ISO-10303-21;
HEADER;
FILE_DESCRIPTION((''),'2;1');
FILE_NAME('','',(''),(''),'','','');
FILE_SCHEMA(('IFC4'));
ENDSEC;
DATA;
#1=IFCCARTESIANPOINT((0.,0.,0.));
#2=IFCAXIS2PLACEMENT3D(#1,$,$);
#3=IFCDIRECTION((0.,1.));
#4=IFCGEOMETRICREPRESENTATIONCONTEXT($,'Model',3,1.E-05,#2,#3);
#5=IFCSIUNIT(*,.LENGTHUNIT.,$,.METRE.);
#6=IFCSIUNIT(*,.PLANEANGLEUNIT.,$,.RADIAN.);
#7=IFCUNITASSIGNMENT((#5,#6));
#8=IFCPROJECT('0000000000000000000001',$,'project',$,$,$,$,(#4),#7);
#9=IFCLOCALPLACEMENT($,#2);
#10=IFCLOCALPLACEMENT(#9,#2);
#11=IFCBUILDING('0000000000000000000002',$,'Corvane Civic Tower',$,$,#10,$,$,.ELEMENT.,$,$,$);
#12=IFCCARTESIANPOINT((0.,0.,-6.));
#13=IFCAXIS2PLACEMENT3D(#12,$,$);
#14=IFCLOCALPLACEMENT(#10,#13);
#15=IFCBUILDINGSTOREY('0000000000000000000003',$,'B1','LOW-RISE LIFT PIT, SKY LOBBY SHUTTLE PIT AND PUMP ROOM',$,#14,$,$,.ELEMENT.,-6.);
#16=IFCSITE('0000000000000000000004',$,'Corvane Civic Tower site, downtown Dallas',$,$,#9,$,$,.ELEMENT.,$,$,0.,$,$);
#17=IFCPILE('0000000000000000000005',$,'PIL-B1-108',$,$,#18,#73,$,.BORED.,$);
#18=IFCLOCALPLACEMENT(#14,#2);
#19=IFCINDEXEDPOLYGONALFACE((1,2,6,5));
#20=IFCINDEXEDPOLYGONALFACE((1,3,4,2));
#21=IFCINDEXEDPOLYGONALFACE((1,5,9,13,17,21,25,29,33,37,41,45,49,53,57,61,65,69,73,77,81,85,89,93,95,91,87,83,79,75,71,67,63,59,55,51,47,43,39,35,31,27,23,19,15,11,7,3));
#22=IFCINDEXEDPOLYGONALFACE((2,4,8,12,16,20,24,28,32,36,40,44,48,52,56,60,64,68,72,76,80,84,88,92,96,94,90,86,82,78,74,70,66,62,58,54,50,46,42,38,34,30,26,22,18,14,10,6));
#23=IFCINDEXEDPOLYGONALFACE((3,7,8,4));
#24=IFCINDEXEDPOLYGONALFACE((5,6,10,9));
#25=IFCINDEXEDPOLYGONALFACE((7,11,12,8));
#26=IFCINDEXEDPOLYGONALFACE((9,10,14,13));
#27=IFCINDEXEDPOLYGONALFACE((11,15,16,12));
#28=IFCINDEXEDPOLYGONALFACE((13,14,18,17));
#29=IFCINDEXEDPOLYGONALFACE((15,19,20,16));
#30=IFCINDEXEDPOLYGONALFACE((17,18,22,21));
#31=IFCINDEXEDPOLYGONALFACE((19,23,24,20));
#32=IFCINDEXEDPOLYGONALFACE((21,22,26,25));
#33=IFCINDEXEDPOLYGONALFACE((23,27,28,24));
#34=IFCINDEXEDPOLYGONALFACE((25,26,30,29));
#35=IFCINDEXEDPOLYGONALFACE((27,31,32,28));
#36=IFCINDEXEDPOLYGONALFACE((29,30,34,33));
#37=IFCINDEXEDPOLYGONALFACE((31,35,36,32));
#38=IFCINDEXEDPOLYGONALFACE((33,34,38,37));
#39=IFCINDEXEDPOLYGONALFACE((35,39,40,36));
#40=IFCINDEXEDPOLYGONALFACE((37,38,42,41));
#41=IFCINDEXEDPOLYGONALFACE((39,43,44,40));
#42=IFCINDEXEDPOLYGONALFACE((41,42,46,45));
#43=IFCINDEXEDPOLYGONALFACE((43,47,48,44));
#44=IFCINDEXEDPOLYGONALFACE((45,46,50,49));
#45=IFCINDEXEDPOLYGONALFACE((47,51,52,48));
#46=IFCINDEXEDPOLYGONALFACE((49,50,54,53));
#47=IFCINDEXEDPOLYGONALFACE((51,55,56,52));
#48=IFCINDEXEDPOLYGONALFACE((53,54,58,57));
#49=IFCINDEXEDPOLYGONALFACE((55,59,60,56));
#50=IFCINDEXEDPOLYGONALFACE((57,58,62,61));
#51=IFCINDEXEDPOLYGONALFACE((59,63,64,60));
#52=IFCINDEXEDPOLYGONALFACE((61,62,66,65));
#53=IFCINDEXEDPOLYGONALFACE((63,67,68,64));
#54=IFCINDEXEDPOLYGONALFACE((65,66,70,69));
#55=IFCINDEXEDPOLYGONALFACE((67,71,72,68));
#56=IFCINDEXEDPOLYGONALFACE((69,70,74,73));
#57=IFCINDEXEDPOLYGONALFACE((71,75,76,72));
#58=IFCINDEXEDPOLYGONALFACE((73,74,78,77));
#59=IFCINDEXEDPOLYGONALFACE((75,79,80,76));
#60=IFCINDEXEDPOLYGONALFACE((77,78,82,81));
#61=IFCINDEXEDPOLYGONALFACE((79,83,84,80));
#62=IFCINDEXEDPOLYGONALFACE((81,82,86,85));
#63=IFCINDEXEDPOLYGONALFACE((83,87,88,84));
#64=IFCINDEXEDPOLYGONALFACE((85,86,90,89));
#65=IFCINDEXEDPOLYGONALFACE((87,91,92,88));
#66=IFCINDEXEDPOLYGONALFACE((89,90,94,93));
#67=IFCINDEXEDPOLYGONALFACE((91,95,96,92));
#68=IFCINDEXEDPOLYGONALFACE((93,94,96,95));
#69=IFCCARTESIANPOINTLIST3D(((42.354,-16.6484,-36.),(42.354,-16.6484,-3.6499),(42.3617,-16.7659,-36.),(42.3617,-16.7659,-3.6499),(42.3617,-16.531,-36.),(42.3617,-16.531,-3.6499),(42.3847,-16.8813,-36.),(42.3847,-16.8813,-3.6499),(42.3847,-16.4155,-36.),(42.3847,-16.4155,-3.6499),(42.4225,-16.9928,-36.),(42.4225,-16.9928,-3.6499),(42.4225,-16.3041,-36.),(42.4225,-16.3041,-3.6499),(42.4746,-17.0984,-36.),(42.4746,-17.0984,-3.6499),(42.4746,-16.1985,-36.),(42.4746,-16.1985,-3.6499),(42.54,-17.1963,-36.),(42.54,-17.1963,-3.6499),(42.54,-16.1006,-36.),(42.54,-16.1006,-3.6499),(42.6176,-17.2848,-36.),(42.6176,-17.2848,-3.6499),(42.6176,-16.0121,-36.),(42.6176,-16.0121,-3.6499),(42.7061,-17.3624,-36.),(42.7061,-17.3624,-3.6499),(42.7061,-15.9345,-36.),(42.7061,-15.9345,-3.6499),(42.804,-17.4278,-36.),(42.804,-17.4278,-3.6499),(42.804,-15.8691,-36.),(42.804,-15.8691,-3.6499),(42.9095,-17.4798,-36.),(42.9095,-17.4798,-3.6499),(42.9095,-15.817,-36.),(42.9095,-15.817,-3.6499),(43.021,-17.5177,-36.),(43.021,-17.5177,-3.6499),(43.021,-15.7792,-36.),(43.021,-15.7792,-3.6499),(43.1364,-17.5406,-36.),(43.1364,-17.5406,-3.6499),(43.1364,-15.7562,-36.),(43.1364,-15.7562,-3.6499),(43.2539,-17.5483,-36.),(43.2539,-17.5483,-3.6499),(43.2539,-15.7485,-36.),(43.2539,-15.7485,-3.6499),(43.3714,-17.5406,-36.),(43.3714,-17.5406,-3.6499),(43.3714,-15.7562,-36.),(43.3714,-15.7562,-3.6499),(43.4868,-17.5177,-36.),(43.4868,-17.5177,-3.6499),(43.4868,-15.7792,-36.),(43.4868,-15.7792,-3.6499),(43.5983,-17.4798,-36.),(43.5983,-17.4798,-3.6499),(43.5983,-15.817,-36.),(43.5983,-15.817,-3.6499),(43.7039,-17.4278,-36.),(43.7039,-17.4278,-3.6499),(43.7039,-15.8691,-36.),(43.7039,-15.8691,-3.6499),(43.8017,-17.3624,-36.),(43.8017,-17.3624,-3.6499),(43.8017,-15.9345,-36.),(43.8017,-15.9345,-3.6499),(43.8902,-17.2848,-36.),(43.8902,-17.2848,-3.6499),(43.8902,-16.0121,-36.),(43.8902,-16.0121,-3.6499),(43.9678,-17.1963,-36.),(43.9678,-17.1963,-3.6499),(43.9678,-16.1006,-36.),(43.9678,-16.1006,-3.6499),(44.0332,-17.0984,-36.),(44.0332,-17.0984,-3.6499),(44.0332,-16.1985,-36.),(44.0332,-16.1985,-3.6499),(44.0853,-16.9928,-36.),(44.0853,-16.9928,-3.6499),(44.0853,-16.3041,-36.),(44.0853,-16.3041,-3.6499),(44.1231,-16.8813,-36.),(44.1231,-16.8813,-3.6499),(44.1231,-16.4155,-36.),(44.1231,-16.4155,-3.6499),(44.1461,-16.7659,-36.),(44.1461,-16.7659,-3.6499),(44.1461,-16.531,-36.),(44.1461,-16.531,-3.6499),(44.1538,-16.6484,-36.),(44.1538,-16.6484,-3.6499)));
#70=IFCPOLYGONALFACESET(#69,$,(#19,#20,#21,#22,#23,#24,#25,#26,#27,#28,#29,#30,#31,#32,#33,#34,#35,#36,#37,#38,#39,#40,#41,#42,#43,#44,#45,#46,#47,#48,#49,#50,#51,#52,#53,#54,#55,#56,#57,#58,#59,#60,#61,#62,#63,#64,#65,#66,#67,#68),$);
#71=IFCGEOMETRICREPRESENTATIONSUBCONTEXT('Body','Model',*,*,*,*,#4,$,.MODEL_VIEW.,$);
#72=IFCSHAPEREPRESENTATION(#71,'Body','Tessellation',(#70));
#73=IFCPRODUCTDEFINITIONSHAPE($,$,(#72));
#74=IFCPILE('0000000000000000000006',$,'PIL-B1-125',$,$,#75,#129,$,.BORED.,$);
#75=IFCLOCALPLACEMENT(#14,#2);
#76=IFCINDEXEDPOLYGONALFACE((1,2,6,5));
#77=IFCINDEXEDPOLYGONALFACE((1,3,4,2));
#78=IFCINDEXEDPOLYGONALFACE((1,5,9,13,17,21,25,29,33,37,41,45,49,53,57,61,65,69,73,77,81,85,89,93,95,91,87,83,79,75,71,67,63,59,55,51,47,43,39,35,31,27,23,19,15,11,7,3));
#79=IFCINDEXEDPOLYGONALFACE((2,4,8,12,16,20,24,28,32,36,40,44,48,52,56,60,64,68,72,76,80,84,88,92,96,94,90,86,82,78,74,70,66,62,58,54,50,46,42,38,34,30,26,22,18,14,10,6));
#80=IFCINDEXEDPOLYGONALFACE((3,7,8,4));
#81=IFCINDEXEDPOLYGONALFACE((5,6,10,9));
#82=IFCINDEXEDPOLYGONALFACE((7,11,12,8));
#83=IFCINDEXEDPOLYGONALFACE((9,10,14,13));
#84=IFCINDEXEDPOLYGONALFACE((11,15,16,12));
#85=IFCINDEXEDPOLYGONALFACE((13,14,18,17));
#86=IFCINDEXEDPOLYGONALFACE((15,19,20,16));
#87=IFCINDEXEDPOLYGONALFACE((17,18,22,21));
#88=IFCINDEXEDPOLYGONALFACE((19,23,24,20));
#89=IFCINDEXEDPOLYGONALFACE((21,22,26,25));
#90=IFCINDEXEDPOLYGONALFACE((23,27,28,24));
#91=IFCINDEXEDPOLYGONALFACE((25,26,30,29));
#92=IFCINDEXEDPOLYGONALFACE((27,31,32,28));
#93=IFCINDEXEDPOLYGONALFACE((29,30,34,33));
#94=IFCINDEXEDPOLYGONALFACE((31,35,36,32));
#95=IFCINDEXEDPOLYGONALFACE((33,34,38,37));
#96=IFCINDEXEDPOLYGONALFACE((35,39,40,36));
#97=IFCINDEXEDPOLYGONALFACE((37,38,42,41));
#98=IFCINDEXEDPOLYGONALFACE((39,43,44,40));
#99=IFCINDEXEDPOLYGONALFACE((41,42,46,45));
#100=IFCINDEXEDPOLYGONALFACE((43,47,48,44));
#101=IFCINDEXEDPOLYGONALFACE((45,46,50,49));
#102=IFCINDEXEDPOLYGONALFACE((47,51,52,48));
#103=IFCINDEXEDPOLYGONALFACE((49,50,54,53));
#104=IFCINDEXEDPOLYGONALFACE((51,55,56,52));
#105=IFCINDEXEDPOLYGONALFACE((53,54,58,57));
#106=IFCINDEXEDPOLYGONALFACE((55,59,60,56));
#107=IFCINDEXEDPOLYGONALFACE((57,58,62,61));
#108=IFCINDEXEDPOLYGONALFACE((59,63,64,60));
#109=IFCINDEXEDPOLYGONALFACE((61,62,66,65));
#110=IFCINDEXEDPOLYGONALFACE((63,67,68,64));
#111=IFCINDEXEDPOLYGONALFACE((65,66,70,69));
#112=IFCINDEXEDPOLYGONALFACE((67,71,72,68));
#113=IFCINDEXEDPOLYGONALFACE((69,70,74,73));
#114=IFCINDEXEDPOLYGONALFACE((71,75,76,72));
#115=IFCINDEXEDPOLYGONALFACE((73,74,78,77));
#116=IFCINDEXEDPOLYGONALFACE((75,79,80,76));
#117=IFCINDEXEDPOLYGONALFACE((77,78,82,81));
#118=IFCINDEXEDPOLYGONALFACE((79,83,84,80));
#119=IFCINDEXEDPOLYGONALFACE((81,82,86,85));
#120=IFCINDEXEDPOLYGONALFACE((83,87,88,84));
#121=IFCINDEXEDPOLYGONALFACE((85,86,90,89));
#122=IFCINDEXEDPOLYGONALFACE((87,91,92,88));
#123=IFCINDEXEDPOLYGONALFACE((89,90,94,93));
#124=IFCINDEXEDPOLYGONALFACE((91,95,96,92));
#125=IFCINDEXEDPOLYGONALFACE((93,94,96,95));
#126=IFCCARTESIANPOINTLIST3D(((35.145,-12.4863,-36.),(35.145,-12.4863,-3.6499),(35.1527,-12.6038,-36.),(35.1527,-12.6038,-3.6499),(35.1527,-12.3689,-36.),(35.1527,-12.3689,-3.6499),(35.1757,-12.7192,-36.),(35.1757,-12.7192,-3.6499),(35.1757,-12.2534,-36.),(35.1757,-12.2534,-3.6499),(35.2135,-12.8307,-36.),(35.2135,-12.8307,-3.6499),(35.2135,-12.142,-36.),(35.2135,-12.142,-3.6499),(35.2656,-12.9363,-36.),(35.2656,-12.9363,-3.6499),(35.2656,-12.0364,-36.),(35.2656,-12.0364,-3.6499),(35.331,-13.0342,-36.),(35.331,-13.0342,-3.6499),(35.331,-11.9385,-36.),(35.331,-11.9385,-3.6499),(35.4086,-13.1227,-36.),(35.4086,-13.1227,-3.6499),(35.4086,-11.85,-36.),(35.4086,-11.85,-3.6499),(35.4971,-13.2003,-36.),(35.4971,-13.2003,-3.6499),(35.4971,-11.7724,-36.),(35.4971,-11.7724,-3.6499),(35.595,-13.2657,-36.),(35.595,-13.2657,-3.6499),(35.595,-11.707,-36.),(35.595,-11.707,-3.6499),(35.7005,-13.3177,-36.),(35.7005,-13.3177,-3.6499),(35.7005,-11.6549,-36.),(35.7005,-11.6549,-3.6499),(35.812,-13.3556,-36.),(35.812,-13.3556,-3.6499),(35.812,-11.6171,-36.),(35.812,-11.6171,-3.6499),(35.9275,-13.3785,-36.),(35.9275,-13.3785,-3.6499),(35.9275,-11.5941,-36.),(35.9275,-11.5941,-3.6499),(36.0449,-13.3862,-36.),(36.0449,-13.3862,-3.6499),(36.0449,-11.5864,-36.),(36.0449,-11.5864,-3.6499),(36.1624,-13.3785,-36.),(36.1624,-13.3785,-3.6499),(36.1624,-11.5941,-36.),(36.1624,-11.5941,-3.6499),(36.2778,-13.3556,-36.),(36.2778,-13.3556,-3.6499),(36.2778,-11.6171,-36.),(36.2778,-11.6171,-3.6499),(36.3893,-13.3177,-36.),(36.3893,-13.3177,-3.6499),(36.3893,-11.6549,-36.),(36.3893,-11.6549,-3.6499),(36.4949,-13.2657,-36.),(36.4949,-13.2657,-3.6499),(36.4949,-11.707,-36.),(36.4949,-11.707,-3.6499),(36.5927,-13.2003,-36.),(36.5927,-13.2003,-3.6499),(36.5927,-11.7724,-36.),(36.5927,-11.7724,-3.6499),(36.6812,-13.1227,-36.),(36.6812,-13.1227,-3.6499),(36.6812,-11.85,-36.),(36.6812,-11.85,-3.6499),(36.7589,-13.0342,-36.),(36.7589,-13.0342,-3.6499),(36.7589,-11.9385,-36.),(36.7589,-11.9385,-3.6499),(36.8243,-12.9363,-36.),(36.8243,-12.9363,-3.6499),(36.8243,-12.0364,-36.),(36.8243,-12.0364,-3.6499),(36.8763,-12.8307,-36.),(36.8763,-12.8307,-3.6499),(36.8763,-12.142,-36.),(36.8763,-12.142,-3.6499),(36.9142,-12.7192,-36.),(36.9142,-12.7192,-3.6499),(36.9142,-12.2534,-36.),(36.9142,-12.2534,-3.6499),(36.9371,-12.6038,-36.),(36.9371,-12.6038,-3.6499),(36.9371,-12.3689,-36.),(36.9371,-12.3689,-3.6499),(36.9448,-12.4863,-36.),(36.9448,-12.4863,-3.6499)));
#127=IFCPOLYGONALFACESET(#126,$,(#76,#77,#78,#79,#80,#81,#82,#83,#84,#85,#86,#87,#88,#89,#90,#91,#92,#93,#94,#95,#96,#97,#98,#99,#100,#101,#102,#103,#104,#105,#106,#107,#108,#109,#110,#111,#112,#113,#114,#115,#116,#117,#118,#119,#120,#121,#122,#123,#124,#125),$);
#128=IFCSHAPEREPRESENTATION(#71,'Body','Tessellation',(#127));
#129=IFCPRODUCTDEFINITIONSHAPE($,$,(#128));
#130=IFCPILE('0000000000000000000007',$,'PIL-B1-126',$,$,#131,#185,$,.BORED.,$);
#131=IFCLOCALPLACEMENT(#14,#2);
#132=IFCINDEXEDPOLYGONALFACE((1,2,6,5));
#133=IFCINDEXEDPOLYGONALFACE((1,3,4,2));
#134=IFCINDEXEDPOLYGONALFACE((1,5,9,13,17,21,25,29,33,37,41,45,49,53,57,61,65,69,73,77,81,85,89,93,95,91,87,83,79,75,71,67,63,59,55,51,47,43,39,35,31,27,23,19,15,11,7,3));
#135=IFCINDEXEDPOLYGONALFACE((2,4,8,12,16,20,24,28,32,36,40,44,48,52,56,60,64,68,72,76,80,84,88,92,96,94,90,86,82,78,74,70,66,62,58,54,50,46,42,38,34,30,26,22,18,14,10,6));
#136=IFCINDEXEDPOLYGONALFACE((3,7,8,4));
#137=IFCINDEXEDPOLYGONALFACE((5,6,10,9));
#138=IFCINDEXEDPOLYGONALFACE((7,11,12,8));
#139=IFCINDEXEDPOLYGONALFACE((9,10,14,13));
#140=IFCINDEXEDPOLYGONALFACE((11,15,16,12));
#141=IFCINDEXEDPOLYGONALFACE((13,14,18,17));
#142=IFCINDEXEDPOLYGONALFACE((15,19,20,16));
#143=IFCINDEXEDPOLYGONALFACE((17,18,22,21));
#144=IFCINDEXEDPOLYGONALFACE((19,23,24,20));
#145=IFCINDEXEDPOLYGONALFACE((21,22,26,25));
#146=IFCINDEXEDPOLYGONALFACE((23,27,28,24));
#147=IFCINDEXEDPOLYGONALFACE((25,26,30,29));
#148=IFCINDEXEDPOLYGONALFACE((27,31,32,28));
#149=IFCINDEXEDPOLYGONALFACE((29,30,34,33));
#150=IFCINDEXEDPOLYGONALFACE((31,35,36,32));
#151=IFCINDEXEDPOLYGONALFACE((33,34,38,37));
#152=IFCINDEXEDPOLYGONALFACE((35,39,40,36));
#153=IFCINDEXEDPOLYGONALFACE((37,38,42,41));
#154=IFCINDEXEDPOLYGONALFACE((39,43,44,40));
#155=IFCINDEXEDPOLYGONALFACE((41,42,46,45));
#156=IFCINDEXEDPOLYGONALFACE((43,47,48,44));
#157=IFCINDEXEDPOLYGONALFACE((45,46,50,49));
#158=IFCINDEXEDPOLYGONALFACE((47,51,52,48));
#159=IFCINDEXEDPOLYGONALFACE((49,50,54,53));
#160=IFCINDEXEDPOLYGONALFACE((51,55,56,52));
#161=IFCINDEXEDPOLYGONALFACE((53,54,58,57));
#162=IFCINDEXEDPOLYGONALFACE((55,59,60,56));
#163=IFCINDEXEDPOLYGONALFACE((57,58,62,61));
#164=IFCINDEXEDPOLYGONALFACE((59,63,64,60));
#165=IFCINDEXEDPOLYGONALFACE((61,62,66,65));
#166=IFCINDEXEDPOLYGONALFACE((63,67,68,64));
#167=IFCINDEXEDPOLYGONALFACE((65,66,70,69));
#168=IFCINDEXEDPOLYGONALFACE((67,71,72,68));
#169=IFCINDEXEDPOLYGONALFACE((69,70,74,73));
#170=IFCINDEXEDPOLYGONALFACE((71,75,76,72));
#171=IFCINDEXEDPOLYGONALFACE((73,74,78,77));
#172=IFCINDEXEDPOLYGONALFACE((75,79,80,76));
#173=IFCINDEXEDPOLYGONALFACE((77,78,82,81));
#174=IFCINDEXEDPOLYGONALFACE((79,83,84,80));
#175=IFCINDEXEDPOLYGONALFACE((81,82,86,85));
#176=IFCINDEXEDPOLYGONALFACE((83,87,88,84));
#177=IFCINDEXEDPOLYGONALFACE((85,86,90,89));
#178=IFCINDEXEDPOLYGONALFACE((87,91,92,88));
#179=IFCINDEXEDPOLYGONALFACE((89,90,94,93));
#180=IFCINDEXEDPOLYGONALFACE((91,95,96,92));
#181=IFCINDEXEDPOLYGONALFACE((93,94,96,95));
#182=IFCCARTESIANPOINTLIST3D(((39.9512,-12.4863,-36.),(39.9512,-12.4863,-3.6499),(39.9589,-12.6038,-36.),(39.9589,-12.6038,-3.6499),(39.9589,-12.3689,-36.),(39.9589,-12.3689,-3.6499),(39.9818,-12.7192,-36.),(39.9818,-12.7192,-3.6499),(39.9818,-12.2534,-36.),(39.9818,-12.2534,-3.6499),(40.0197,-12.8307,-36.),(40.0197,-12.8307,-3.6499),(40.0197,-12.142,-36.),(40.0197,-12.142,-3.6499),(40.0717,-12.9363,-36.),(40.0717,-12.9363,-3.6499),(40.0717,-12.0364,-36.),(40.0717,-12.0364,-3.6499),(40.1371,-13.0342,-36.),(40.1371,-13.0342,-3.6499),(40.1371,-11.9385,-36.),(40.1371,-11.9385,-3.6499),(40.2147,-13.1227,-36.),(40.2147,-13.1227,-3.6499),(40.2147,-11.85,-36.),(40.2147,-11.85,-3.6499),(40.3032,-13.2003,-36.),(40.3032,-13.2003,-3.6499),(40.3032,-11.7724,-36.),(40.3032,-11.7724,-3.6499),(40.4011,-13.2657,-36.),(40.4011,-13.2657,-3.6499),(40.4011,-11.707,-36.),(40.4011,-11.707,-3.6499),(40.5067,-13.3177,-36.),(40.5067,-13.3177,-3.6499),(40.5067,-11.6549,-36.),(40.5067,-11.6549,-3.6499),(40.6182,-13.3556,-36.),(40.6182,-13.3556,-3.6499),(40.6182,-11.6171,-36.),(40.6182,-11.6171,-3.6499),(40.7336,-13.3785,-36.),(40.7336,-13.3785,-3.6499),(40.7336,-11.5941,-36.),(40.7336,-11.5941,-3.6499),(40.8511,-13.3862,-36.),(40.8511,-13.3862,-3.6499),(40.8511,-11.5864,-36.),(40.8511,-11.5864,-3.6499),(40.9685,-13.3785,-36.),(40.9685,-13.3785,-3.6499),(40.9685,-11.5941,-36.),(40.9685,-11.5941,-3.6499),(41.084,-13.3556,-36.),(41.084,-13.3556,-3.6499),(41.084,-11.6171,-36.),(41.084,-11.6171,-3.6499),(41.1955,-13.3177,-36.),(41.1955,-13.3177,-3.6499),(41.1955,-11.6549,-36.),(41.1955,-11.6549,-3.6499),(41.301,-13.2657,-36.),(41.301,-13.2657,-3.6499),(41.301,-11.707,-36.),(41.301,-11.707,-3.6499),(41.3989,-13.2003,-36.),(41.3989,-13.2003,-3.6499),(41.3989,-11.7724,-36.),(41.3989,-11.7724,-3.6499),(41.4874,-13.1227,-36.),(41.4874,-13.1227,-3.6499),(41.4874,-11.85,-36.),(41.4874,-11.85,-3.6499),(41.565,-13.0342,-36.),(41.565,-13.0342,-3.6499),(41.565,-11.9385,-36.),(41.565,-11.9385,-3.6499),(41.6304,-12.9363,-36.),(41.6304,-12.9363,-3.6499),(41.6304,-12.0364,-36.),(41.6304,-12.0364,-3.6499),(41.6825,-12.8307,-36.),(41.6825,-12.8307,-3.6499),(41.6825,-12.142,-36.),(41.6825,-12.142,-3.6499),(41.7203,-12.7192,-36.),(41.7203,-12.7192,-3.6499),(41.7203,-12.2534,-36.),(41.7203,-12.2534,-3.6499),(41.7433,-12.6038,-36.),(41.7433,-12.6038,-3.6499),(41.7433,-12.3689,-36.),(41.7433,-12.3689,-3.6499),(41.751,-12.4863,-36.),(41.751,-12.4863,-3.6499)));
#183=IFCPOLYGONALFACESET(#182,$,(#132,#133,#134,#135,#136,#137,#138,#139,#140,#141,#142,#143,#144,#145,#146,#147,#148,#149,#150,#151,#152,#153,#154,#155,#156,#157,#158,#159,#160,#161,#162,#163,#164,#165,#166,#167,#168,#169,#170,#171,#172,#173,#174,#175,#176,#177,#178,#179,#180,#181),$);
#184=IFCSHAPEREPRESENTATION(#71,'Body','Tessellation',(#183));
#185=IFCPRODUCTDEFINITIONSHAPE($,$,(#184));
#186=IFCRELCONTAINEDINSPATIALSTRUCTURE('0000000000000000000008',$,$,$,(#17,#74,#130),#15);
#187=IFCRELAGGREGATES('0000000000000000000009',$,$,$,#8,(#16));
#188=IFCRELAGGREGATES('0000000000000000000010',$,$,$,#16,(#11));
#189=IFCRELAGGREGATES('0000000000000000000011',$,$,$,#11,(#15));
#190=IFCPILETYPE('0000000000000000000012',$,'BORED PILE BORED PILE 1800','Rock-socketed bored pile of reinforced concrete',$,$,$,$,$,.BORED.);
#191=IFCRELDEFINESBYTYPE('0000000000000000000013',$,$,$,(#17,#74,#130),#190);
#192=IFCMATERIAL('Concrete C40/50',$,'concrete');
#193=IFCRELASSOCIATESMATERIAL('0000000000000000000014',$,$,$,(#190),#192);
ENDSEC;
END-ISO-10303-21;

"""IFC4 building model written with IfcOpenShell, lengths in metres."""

from ifc_helpers import new_model, si_unit, direction, frame, origin, origin_2d, place, context, subcontext, project, spatial, circle, extrude, material, material_profile, profile_set, type_object, element, save


model = new_model("IFC4")

# Units and contexts
model_context = context("Model", 3, precision=1e-05, world=origin(), true_north=direction((0.0, 1.0)))
body_context = subcontext(model_context, "Body", "Model", "MODEL_VIEW")
ifc_project = project(units=[si_unit("LENGTHUNIT", "METRE"), si_unit("PLANEANGLEUNIT", "RADIAN")], contexts=[model_context])

# Site, building, storey
site_placement = place(None, origin())
site = spatial("IfcSite", under=ifc_project, at=site_placement, Name="Corvane Civic Tower site, downtown Dallas", CompositionType="ELEMENT", RefElevation=0.0)
building_placement = place(site_placement, origin())
building = spatial("IfcBuilding", under=site, at=building_placement, Name="Corvane Civic Tower", CompositionType="ELEMENT")
storey_placement = place(building_placement, frame((0.0, 0.0, -6.0)))
storey = spatial("IfcBuildingStorey", under=building, at=storey_placement, Name="B1", Description="LOW-RISE LIFT PIT, SKY LOBBY SHUTTLE PIT AND PUMP ROOM", CompositionType="ELEMENT", Elevation=-6.0)

# Piles
ifc_material_1 = material(Name="Concrete C40/50", Category="concrete")
ifc_material_profile_1 = material_profile(ifc_material_1, circle(Radius=0.8999, at=origin_2d()), Name="BORED PILE 1800")
ifc_profile_set_1 = profile_set([ifc_material_profile_1], Name="Concrete C40/50")
pile_type_1 = type_object("IfcPileType", Name="BORED PILE BORED PILE 1800", Description="Rock-socketed bored pile of reinforced concrete", PredefinedType="BORED", material=ifc_profile_set_1)
for number, where, z_axis, x_axis, name in (
    (1, (43.2539, -16.6484, -3.6499), (0.0, 0.0, -1.0), (1.0, 0.0, 0.0), "PIL-B1-108"),
    (2, (36.0449, -12.4863, -3.6499), (0.0, 0.0, -1.0), (1.0, 0.0, 0.0), "PIL-B1-125"),
    (3, (40.8511, -12.4863, -3.6499), (0.0, 0.0, -1.0), (1.0, 0.0, 0.0), "PIL-B1-126"),
):
    element("IfcPile", number, at=place(storey_placement, frame(where, z_axis=z_axis, x_axis=x_axis)), inside=storey, type_object=pile_type_1, Name=name, PredefinedType="BORED", context=body_context, shape_type="SweptSolid", body=[
        extrude(circle(Radius=0.8999, at=origin_2d()), origin(), (0.0, 0.0, 1.0), 32.3501),
    ])

save(model, "model.ifc")
